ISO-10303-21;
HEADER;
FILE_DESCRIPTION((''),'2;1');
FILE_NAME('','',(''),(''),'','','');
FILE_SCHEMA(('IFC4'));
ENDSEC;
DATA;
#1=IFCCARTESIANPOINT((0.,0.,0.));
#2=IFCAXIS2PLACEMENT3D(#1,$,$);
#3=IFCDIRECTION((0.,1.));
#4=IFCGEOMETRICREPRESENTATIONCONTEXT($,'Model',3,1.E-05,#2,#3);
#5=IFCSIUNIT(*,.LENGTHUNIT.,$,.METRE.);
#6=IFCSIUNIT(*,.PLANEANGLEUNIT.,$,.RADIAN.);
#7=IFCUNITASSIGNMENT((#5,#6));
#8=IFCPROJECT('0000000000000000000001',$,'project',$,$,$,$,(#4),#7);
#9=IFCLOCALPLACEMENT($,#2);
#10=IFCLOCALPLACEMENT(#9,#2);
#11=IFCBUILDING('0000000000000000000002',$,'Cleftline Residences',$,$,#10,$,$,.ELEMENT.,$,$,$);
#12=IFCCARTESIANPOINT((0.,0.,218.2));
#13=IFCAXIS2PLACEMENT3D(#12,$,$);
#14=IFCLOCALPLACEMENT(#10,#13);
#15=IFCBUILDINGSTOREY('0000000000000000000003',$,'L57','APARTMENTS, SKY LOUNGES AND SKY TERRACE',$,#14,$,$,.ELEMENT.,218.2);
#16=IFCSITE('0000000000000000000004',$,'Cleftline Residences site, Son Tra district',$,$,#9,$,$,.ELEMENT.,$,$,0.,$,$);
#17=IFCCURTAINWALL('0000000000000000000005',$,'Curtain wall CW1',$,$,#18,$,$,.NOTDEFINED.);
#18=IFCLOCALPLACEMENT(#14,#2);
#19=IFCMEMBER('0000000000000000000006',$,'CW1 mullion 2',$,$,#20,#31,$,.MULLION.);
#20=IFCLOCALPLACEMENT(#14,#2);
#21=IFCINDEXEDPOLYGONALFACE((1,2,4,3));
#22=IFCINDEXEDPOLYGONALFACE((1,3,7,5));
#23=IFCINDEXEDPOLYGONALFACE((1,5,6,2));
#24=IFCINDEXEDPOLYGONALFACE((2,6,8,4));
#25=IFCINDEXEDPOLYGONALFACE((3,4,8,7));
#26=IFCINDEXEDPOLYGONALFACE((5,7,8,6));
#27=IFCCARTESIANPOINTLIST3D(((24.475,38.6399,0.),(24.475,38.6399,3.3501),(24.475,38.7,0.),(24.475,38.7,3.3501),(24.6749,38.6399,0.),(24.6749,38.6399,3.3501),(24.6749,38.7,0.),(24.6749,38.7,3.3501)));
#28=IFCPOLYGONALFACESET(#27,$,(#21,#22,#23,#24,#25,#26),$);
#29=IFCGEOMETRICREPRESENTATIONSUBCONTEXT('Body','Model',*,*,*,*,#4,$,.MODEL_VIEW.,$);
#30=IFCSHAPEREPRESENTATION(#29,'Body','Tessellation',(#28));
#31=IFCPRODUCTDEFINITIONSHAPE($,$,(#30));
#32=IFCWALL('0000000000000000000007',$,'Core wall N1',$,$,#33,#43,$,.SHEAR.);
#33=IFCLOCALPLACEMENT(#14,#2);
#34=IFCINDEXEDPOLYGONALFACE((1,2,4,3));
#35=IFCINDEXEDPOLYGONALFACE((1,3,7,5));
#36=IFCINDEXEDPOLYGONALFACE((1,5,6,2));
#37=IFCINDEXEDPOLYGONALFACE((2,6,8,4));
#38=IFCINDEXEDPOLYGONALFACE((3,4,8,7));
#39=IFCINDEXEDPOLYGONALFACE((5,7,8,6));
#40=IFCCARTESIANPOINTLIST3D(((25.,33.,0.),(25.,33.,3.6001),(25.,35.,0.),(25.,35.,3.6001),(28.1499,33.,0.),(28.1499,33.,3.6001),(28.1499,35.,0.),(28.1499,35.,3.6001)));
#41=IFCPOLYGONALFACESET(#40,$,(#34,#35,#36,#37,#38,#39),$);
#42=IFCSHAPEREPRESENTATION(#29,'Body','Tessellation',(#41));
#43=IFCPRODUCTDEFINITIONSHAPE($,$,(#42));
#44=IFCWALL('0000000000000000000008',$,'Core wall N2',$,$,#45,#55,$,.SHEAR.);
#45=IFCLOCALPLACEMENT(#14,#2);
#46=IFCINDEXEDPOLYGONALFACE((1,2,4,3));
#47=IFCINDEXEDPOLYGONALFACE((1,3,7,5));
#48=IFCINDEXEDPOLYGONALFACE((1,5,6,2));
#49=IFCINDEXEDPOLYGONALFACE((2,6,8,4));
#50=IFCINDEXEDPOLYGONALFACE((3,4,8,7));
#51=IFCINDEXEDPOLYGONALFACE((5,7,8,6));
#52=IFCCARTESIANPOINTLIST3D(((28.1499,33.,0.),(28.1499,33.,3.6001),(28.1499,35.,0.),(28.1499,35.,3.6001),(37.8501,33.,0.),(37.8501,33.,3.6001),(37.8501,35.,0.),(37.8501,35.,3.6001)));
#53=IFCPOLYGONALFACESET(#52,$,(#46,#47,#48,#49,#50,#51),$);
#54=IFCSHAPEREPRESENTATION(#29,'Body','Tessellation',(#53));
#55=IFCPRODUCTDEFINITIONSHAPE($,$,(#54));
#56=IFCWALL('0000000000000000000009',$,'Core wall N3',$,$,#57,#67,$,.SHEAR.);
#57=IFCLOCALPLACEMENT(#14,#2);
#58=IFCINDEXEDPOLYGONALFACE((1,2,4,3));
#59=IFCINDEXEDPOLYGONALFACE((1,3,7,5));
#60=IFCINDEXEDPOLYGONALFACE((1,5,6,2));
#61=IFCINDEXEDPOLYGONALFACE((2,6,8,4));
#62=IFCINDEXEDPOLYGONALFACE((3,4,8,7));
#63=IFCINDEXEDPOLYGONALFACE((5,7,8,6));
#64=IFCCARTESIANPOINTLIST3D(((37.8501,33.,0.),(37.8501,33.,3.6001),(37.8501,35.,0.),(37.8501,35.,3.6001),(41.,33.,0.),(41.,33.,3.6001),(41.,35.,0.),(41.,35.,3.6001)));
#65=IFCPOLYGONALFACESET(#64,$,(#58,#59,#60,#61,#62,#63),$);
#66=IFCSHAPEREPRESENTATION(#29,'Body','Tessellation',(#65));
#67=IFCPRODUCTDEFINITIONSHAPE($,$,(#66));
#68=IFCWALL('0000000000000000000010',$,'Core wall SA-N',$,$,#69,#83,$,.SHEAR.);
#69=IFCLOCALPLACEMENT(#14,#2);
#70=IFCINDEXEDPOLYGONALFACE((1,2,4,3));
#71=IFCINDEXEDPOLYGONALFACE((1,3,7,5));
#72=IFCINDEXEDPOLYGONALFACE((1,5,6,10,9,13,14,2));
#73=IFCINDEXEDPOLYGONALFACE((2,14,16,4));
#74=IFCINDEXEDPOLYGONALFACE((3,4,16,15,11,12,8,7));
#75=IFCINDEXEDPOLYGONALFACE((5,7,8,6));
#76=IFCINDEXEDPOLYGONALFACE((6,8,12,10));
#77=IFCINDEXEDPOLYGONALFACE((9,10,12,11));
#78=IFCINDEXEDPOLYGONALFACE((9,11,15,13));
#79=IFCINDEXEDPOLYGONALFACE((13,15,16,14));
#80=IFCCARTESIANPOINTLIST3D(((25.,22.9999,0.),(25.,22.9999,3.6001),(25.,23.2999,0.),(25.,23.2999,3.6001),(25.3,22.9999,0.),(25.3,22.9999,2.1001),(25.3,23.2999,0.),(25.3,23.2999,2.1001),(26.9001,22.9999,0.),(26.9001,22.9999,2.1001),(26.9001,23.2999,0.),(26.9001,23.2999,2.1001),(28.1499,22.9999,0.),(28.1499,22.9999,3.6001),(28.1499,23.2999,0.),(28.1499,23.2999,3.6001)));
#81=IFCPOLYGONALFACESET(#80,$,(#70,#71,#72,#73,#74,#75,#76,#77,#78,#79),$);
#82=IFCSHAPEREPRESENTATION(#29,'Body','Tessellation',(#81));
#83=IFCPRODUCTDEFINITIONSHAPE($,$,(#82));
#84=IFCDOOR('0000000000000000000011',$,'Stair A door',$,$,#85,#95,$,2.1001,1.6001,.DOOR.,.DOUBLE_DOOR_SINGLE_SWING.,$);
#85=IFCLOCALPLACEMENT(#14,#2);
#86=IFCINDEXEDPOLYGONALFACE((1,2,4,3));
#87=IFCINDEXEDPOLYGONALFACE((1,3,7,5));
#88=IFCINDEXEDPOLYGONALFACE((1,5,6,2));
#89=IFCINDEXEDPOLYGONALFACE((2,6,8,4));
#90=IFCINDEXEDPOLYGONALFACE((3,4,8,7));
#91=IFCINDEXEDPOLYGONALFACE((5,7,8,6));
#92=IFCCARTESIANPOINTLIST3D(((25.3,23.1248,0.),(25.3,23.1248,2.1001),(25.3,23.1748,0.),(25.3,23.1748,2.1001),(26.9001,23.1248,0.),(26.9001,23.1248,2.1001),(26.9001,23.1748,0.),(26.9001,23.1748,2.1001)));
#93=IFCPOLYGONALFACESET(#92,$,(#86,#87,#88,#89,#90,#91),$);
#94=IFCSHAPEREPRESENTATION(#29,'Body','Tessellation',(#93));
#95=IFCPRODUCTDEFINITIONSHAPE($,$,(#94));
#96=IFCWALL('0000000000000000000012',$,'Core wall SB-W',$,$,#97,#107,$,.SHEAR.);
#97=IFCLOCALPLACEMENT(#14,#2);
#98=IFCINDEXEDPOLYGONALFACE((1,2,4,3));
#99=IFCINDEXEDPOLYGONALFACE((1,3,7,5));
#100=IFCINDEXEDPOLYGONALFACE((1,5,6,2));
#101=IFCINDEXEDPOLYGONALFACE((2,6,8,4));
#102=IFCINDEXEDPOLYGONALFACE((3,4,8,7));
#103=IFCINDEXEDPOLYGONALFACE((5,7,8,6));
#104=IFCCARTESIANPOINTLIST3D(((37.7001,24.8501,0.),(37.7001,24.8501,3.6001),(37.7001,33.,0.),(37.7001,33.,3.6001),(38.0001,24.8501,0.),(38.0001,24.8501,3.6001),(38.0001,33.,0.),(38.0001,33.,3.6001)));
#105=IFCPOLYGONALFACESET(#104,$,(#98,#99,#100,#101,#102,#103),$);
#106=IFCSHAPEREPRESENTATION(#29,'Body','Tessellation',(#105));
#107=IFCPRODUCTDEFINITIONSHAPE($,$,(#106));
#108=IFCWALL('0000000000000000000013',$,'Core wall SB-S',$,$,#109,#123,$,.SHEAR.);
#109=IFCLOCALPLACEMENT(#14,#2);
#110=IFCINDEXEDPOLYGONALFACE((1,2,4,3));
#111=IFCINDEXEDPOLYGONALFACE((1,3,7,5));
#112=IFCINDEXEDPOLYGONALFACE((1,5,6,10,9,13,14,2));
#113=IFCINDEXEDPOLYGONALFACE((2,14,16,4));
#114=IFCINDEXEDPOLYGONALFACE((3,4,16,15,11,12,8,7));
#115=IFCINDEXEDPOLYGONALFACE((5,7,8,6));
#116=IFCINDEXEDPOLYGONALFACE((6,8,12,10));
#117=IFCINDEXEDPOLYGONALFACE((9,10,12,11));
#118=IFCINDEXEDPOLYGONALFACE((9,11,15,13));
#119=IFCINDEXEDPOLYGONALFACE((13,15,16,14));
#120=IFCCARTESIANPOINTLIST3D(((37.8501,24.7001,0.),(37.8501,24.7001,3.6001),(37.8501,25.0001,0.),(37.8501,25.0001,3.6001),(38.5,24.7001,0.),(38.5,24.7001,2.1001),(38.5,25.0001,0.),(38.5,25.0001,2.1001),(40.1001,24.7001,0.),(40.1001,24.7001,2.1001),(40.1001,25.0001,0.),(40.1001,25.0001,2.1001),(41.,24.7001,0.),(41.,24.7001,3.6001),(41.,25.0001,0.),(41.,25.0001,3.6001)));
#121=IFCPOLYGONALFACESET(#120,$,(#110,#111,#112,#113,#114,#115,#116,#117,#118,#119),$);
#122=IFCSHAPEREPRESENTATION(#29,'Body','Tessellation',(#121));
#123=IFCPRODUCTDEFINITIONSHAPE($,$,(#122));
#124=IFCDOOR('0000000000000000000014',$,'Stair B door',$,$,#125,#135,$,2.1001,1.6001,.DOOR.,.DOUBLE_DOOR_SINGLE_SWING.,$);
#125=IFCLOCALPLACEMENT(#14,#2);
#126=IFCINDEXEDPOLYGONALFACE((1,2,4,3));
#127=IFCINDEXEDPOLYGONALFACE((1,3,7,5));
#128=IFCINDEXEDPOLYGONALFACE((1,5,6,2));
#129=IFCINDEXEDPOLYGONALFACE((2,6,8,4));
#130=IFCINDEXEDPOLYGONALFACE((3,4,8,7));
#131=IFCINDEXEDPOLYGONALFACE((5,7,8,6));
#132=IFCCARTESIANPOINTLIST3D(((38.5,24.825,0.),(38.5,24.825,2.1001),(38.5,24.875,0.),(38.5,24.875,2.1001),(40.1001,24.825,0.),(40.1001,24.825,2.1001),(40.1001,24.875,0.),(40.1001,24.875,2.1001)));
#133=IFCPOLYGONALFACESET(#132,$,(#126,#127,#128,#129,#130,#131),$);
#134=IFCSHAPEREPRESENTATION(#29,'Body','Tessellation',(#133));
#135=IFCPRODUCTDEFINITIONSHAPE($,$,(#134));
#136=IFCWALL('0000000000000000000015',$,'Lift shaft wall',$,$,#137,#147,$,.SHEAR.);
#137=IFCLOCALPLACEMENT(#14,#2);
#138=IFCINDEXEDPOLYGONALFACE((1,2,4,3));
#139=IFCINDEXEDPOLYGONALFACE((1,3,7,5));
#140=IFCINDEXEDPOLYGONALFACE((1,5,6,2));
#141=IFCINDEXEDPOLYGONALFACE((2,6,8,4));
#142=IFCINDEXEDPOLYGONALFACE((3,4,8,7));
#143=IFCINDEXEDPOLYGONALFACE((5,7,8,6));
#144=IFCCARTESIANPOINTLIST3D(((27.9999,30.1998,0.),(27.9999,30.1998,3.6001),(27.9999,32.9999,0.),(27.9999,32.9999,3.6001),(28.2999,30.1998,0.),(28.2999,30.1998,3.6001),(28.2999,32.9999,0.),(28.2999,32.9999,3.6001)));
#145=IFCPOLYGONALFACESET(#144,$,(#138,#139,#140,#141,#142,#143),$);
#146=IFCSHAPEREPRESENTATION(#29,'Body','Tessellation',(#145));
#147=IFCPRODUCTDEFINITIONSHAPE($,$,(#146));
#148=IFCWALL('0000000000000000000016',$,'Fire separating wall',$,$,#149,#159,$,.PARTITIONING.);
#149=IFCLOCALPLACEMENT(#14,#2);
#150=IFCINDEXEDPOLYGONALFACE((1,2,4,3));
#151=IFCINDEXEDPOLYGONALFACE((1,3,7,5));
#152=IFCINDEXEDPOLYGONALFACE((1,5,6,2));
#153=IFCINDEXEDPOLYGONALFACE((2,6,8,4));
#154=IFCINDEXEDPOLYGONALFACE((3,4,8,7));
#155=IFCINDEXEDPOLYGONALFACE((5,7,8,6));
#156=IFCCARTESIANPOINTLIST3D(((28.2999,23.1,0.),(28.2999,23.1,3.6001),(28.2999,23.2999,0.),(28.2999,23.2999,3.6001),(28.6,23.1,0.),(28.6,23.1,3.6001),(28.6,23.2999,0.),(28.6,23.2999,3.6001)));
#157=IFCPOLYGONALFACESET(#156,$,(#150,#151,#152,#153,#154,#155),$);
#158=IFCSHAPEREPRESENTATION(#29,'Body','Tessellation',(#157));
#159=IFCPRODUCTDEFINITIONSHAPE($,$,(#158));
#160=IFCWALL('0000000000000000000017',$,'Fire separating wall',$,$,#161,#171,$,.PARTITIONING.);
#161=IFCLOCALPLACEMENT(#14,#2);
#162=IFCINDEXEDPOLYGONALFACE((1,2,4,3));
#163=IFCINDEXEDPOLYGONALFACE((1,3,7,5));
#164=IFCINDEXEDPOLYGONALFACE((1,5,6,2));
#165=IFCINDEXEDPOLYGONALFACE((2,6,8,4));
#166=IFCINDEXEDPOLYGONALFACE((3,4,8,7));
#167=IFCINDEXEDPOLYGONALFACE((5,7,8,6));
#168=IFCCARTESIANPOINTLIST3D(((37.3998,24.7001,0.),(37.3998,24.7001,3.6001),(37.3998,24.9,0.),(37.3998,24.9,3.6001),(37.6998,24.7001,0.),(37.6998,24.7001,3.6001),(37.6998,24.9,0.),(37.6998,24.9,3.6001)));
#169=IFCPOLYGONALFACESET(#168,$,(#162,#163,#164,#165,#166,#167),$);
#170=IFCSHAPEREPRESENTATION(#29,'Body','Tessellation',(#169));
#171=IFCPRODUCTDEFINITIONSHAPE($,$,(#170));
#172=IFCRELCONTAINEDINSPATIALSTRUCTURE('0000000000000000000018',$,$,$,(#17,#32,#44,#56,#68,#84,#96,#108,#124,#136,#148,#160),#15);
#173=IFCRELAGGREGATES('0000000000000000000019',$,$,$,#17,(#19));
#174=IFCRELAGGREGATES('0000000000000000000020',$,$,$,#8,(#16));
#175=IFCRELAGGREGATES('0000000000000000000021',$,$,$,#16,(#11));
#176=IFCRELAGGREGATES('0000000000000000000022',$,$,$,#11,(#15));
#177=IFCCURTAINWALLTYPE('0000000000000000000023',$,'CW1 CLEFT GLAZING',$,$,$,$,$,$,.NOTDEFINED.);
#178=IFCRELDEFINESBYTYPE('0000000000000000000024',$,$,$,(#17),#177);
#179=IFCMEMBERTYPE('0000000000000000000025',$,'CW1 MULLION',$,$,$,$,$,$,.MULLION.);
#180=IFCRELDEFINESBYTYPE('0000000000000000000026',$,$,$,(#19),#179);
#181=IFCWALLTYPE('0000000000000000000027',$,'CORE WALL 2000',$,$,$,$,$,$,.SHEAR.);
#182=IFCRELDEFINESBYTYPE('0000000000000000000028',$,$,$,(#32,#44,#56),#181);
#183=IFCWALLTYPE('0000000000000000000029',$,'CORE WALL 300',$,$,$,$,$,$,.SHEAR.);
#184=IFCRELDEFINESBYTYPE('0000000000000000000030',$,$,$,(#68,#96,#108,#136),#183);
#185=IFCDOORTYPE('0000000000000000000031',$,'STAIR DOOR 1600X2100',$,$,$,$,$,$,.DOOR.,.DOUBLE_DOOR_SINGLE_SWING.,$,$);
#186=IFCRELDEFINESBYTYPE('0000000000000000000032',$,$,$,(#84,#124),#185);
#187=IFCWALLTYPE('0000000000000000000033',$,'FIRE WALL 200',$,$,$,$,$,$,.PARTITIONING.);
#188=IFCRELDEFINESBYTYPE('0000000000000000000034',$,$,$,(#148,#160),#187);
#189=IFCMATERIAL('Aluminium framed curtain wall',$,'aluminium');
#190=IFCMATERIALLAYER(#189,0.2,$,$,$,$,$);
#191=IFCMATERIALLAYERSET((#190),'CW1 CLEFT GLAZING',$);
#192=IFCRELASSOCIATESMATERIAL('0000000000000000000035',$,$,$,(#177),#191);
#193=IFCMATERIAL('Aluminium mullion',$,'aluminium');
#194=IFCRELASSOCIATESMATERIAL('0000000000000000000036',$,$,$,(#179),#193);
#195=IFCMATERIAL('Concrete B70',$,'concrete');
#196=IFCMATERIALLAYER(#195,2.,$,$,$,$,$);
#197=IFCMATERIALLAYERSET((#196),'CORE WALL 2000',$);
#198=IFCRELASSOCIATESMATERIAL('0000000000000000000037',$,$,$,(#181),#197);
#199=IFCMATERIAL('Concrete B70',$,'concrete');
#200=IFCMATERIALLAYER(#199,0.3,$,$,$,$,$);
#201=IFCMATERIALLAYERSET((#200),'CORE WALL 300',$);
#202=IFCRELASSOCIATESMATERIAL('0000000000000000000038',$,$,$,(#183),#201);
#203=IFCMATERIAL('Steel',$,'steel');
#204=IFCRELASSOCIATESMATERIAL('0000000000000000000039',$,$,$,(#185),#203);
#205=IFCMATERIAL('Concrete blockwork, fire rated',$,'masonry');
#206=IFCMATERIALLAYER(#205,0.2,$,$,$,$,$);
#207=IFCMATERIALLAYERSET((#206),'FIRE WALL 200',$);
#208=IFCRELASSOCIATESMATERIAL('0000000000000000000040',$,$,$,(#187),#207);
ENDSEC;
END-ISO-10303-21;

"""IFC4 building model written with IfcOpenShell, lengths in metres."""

from ifc_helpers import new_model, si_unit, direction, frame, frame_2d, origin, origin_2d, place, context, subcontext, project, spatial, rectangle, extrude, material, layer, layer_set, material_profile, profile_set, type_object, element, fill, aggregate, save


model = new_model("IFC4")

# Units and contexts
model_context = context("Model", 3, precision=1e-05, world=origin(), true_north=direction((0.0, 1.0)))
body_context = subcontext(model_context, "Body", "Model", "MODEL_VIEW")
ifc_project = project(units=[si_unit("LENGTHUNIT", "METRE"), si_unit("PLANEANGLEUNIT", "RADIAN")], contexts=[model_context])

# Site, building, storey
site_placement = place(None, origin())
site = spatial("IfcSite", under=ifc_project, at=site_placement, Name="Cleftline Residences site, Son Tra district", CompositionType="ELEMENT", RefElevation=0.0)
building_placement = place(site_placement, origin())
building = spatial("IfcBuilding", under=site, at=building_placement, Name="Cleftline Residences", CompositionType="ELEMENT")
storey_placement = place(building_placement, frame((0.0, 0.0, 218.2)))
storey = spatial("IfcBuildingStorey", under=building, at=storey_placement, Name="L57", Description="APARTMENTS, SKY LOUNGES AND SKY TERRACE", CompositionType="ELEMENT", Elevation=218.2)

# Curtain wall, member
ifc_material_1 = material(Name="Aluminium framed curtain wall", Category="aluminium")
ifc_layer_1 = layer(ifc_material_1, 0.2)
ifc_layer_set_1 = layer_set([ifc_layer_1], Name="CW1 CLEFT GLAZING")
curtain_wall_type = type_object("IfcCurtainWallType", Name="CW1 CLEFT GLAZING", PredefinedType="NOTDEFINED", material=ifc_layer_set_1)
curtain_wall_placement = place(storey_placement, origin())
curtain_wall = element("IfcCurtainWall", 1, at=curtain_wall_placement, inside=storey, type_object=curtain_wall_type, Name="Curtain wall CW1", PredefinedType="NOTDEFINED")
ifc_material_2 = material(Name="Aluminium mullion", Category="aluminium")
ifc_material_profile = material_profile(ifc_material_2, rectangle(XDim=0.2, YDim=0.0601, at=origin_2d()))
ifc_profile_set = profile_set([ifc_material_profile], Name="Aluminium mullion")
member_type = type_object("IfcMemberType", Name="CW1 MULLION", PredefinedType="MULLION", material=ifc_profile_set)
member_placement = place(storey_placement, frame((24.575, 38.6699, 0.0), z_axis=(0.0, 0.0, 1.0), x_axis=(-1.0, 0.0, 0.0)))
member = element("IfcMember", 2, at=member_placement, type_object=member_type, Name="CW1 mullion 2", PredefinedType="MULLION", context=body_context, shape_type="SweptSolid", body=[
    extrude(rectangle(XDim=0.2, YDim=0.0601, at=origin_2d()), origin(), (0.0, 0.0, 1.0), 3.3501),
])
aggregate(curtain_wall, [member])

# Walls
ifc_material_3 = material(Name="Concrete B70", Category="concrete")
ifc_layer_2 = layer(ifc_material_3, 2.0)
ifc_layer_set_2 = layer_set([ifc_layer_2], Name="CORE WALL 2000")
wall_type_1 = type_object("IfcWallType", Name="CORE WALL 2000", PredefinedType="SHEAR", material=ifc_layer_set_2)
wall_1_placement = place(storey_placement, frame((25.0, 34.0, 0.0), z_axis=(0.0, 0.0, 1.0), x_axis=(1.0, 0.0, 0.0)))
element("IfcWall", 3, at=wall_1_placement, inside=storey, type_object=wall_type_1, Name="Core wall N1", PredefinedType="SHEAR", context=body_context, shape_type="SweptSolid", body=[
    extrude(rectangle(XDim=3.1499, YDim=2.0, at=frame_2d((1.575, 0.0))), origin(), (0.0, 0.0, 1.0), 3.6001),
])
wall_2_placement = place(storey_placement, frame((28.1499, 34.0, 0.0), z_axis=(0.0, 0.0, 1.0), x_axis=(1.0, 0.0, 0.0)))
element("IfcWall", 4, at=wall_2_placement, inside=storey, type_object=wall_type_1, Name="Core wall N2", PredefinedType="SHEAR", context=body_context, shape_type="SweptSolid", body=[
    extrude(rectangle(XDim=9.7002, YDim=2.0, at=frame_2d((4.8501, 0.0))), origin(), (0.0, 0.0, 1.0), 3.6001),
])
wall_3_placement = place(storey_placement, frame((37.8501, 34.0, 0.0), z_axis=(0.0, 0.0, 1.0), x_axis=(1.0, 0.0, 0.0)))
element("IfcWall", 5, at=wall_3_placement, inside=storey, type_object=wall_type_1, Name="Core wall N3", PredefinedType="SHEAR", context=body_context, shape_type="SweptSolid", body=[
    extrude(rectangle(XDim=3.1499, YDim=2.0, at=frame_2d((1.575, 0.0))), origin(), (0.0, 0.0, 1.0), 3.6001),
])

# Wall, opening, door
ifc_material_4 = material(Name="Concrete B70", Category="concrete")
ifc_layer_3 = layer(ifc_material_4, 0.3)
ifc_layer_set_3 = layer_set([ifc_layer_3], Name="CORE WALL 300")
wall_type_2 = type_object("IfcWallType", Name="CORE WALL 300", PredefinedType="SHEAR", material=ifc_layer_set_3)
wall_4_placement = place(storey_placement, frame((25.0, 23.1499, 0.0), z_axis=(0.0, 0.0, 1.0), x_axis=(1.0, 0.0, 0.0)))
wall_4 = element("IfcWall", 6, at=wall_4_placement, inside=storey, type_object=wall_type_2, Name="Core wall SA-N", PredefinedType="SHEAR", context=body_context, shape_type="SweptSolid", body=[
    extrude(rectangle(XDim=3.1499, YDim=0.3, at=frame_2d((1.575, 0.0))), origin(), (0.0, 0.0, 1.0), 3.6001),
])
opening_1_placement = place(wall_4_placement, frame((0.3, 0.0, 0.0)))
opening_1 = element("IfcOpeningElement", 7, at=opening_1_placement, cuts=wall_4, PredefinedType="OPENING", context=body_context, shape_type="SweptSolid", body=[
    extrude(rectangle(XDim=1.6001, YDim=2.1001, at=frame_2d((0.8, 1.05))), frame((0.0, 0.1599, 0.0), z_axis=(0.0, -1.0, 0.0), x_axis=(1.0, 0.0, 0.0)), (0.0, 0.0, 1.0), 0.3201),
])
ifc_material_5 = material(Name="Steel", Category="steel")
door_type_1 = type_object("IfcDoorType", Name="STAIR DOOR 1600X2100", OperationType="DOUBLE_DOOR_SINGLE_SWING", PredefinedType="DOOR", material=ifc_material_5)
door_1_placement = place(opening_1_placement, origin())
door_1 = element("IfcDoor", 8, at=door_1_placement, inside=storey, type_object=door_type_1, Name="Stair A door", OperationType="DOUBLE_DOOR_SINGLE_SWING", OverallHeight=2.1001, OverallWidth=1.6001, PredefinedType="DOOR", context=body_context, shape_type="SweptSolid", body=[
    extrude(rectangle(XDim=1.6001, YDim=2.1001, at=frame_2d((0.8, 1.05))), frame((0.0, 0.0249, 0.0), z_axis=(0.0, -1.0, 0.0), x_axis=(1.0, 0.0, 0.0)), (0.0, 0.0, 1.0), 0.05),
])
fill(opening_1, door_1)

# Wall
wall_5_placement = place(storey_placement, frame((37.8501, 24.8501, 0.0), z_axis=(0.0, 0.0, 1.0), x_axis=(0.0, 1.0, 0.0)))
element("IfcWall", 9, at=wall_5_placement, inside=storey, type_object=wall_type_2, Name="Core wall SB-W", PredefinedType="SHEAR", context=body_context, shape_type="SweptSolid", body=[
    extrude(rectangle(XDim=8.1499, YDim=0.3, at=frame_2d((4.075, 0.0))), origin(), (0.0, 0.0, 1.0), 3.6001),
])

# Wall, opening, door
wall_6_placement = place(storey_placement, frame((37.8501, 24.8501, 0.0), z_axis=(0.0, 0.0, 1.0), x_axis=(1.0, 0.0, 0.0)))
wall_6 = element("IfcWall", 10, at=wall_6_placement, inside=storey, type_object=wall_type_2, Name="Core wall SB-S", PredefinedType="SHEAR", context=body_context, shape_type="SweptSolid", body=[
    extrude(rectangle(XDim=3.1499, YDim=0.3, at=frame_2d((1.575, 0.0))), origin(), (0.0, 0.0, 1.0), 3.6001),
])
opening_2_placement = place(wall_6_placement, frame((0.6499, 0.0, 0.0)))
opening_2 = element("IfcOpeningElement", 11, at=opening_2_placement, cuts=wall_6, PredefinedType="OPENING", context=body_context, shape_type="SweptSolid", body=[
    extrude(rectangle(XDim=1.6001, YDim=2.1001, at=frame_2d((0.8, 1.05))), frame((0.0, 0.1599, 0.0), z_axis=(0.0, -1.0, 0.0), x_axis=(1.0, 0.0, 0.0)), (0.0, 0.0, 1.0), 0.3201),
])
door_2_placement = place(opening_2_placement, origin())
door_2 = element("IfcDoor", 12, at=door_2_placement, inside=storey, type_object=door_type_1, Name="Stair B door", OperationType="DOUBLE_DOOR_SINGLE_SWING", OverallHeight=2.1001, OverallWidth=1.6001, PredefinedType="DOOR", context=body_context, shape_type="SweptSolid", body=[
    extrude(rectangle(XDim=1.6001, YDim=2.1001, at=frame_2d((0.8, 1.05))), frame((0.0, 0.0249, 0.0), z_axis=(0.0, -1.0, 0.0), x_axis=(1.0, 0.0, 0.0)), (0.0, 0.0, 1.0), 0.05),
])
fill(opening_2, door_2)

# Walls
wall_7_placement = place(storey_placement, frame((28.1499, 30.2, 0.0), z_axis=(0.0, 0.0, 1.0), x_axis=(0.0, 1.0, 0.0)))
element("IfcWall", 13, at=wall_7_placement, inside=storey, type_object=wall_type_2, Name="Lift shaft wall", PredefinedType="SHEAR", context=body_context, shape_type="SweptSolid", body=[
    extrude(rectangle(XDim=2.8, YDim=0.3, at=frame_2d((1.3999, 0.0))), origin(), (0.0, 0.0, 1.0), 3.6001),
])
ifc_material_6 = material(Name="Concrete blockwork, fire rated", Category="masonry")
ifc_layer_4 = layer(ifc_material_6, 0.2)
ifc_layer_set_4 = layer_set([ifc_layer_4], Name="FIRE WALL 200")
wall_type_3 = type_object("IfcWallType", Name="FIRE WALL 200", PredefinedType="PARTITIONING", material=ifc_layer_set_4)
for number, where, z_axis, x_axis, name in (
    (14, (28.3, 23.2, 0.0), (0.0, 0.0, 1.0), (1.0, 0.0, 0.0), "Fire separating wall"),
    (15, (37.3999, 24.8, 0.0), (0.0, 0.0, 1.0), (1.0, 0.0, 0.0), "Fire separating wall"),
):
    element("IfcWall", number, at=place(storey_placement, frame(where, z_axis=z_axis, x_axis=x_axis)), inside=storey, type_object=wall_type_3, Name=name, PredefinedType="PARTITIONING", context=body_context, shape_type="SweptSolid", body=[
        extrude(rectangle(XDim=0.3, YDim=0.2, at=frame_2d((0.1499, 0.0))), origin(), (0.0, 0.0, 1.0), 3.6001),
    ])

save(model, "model.ifc")
